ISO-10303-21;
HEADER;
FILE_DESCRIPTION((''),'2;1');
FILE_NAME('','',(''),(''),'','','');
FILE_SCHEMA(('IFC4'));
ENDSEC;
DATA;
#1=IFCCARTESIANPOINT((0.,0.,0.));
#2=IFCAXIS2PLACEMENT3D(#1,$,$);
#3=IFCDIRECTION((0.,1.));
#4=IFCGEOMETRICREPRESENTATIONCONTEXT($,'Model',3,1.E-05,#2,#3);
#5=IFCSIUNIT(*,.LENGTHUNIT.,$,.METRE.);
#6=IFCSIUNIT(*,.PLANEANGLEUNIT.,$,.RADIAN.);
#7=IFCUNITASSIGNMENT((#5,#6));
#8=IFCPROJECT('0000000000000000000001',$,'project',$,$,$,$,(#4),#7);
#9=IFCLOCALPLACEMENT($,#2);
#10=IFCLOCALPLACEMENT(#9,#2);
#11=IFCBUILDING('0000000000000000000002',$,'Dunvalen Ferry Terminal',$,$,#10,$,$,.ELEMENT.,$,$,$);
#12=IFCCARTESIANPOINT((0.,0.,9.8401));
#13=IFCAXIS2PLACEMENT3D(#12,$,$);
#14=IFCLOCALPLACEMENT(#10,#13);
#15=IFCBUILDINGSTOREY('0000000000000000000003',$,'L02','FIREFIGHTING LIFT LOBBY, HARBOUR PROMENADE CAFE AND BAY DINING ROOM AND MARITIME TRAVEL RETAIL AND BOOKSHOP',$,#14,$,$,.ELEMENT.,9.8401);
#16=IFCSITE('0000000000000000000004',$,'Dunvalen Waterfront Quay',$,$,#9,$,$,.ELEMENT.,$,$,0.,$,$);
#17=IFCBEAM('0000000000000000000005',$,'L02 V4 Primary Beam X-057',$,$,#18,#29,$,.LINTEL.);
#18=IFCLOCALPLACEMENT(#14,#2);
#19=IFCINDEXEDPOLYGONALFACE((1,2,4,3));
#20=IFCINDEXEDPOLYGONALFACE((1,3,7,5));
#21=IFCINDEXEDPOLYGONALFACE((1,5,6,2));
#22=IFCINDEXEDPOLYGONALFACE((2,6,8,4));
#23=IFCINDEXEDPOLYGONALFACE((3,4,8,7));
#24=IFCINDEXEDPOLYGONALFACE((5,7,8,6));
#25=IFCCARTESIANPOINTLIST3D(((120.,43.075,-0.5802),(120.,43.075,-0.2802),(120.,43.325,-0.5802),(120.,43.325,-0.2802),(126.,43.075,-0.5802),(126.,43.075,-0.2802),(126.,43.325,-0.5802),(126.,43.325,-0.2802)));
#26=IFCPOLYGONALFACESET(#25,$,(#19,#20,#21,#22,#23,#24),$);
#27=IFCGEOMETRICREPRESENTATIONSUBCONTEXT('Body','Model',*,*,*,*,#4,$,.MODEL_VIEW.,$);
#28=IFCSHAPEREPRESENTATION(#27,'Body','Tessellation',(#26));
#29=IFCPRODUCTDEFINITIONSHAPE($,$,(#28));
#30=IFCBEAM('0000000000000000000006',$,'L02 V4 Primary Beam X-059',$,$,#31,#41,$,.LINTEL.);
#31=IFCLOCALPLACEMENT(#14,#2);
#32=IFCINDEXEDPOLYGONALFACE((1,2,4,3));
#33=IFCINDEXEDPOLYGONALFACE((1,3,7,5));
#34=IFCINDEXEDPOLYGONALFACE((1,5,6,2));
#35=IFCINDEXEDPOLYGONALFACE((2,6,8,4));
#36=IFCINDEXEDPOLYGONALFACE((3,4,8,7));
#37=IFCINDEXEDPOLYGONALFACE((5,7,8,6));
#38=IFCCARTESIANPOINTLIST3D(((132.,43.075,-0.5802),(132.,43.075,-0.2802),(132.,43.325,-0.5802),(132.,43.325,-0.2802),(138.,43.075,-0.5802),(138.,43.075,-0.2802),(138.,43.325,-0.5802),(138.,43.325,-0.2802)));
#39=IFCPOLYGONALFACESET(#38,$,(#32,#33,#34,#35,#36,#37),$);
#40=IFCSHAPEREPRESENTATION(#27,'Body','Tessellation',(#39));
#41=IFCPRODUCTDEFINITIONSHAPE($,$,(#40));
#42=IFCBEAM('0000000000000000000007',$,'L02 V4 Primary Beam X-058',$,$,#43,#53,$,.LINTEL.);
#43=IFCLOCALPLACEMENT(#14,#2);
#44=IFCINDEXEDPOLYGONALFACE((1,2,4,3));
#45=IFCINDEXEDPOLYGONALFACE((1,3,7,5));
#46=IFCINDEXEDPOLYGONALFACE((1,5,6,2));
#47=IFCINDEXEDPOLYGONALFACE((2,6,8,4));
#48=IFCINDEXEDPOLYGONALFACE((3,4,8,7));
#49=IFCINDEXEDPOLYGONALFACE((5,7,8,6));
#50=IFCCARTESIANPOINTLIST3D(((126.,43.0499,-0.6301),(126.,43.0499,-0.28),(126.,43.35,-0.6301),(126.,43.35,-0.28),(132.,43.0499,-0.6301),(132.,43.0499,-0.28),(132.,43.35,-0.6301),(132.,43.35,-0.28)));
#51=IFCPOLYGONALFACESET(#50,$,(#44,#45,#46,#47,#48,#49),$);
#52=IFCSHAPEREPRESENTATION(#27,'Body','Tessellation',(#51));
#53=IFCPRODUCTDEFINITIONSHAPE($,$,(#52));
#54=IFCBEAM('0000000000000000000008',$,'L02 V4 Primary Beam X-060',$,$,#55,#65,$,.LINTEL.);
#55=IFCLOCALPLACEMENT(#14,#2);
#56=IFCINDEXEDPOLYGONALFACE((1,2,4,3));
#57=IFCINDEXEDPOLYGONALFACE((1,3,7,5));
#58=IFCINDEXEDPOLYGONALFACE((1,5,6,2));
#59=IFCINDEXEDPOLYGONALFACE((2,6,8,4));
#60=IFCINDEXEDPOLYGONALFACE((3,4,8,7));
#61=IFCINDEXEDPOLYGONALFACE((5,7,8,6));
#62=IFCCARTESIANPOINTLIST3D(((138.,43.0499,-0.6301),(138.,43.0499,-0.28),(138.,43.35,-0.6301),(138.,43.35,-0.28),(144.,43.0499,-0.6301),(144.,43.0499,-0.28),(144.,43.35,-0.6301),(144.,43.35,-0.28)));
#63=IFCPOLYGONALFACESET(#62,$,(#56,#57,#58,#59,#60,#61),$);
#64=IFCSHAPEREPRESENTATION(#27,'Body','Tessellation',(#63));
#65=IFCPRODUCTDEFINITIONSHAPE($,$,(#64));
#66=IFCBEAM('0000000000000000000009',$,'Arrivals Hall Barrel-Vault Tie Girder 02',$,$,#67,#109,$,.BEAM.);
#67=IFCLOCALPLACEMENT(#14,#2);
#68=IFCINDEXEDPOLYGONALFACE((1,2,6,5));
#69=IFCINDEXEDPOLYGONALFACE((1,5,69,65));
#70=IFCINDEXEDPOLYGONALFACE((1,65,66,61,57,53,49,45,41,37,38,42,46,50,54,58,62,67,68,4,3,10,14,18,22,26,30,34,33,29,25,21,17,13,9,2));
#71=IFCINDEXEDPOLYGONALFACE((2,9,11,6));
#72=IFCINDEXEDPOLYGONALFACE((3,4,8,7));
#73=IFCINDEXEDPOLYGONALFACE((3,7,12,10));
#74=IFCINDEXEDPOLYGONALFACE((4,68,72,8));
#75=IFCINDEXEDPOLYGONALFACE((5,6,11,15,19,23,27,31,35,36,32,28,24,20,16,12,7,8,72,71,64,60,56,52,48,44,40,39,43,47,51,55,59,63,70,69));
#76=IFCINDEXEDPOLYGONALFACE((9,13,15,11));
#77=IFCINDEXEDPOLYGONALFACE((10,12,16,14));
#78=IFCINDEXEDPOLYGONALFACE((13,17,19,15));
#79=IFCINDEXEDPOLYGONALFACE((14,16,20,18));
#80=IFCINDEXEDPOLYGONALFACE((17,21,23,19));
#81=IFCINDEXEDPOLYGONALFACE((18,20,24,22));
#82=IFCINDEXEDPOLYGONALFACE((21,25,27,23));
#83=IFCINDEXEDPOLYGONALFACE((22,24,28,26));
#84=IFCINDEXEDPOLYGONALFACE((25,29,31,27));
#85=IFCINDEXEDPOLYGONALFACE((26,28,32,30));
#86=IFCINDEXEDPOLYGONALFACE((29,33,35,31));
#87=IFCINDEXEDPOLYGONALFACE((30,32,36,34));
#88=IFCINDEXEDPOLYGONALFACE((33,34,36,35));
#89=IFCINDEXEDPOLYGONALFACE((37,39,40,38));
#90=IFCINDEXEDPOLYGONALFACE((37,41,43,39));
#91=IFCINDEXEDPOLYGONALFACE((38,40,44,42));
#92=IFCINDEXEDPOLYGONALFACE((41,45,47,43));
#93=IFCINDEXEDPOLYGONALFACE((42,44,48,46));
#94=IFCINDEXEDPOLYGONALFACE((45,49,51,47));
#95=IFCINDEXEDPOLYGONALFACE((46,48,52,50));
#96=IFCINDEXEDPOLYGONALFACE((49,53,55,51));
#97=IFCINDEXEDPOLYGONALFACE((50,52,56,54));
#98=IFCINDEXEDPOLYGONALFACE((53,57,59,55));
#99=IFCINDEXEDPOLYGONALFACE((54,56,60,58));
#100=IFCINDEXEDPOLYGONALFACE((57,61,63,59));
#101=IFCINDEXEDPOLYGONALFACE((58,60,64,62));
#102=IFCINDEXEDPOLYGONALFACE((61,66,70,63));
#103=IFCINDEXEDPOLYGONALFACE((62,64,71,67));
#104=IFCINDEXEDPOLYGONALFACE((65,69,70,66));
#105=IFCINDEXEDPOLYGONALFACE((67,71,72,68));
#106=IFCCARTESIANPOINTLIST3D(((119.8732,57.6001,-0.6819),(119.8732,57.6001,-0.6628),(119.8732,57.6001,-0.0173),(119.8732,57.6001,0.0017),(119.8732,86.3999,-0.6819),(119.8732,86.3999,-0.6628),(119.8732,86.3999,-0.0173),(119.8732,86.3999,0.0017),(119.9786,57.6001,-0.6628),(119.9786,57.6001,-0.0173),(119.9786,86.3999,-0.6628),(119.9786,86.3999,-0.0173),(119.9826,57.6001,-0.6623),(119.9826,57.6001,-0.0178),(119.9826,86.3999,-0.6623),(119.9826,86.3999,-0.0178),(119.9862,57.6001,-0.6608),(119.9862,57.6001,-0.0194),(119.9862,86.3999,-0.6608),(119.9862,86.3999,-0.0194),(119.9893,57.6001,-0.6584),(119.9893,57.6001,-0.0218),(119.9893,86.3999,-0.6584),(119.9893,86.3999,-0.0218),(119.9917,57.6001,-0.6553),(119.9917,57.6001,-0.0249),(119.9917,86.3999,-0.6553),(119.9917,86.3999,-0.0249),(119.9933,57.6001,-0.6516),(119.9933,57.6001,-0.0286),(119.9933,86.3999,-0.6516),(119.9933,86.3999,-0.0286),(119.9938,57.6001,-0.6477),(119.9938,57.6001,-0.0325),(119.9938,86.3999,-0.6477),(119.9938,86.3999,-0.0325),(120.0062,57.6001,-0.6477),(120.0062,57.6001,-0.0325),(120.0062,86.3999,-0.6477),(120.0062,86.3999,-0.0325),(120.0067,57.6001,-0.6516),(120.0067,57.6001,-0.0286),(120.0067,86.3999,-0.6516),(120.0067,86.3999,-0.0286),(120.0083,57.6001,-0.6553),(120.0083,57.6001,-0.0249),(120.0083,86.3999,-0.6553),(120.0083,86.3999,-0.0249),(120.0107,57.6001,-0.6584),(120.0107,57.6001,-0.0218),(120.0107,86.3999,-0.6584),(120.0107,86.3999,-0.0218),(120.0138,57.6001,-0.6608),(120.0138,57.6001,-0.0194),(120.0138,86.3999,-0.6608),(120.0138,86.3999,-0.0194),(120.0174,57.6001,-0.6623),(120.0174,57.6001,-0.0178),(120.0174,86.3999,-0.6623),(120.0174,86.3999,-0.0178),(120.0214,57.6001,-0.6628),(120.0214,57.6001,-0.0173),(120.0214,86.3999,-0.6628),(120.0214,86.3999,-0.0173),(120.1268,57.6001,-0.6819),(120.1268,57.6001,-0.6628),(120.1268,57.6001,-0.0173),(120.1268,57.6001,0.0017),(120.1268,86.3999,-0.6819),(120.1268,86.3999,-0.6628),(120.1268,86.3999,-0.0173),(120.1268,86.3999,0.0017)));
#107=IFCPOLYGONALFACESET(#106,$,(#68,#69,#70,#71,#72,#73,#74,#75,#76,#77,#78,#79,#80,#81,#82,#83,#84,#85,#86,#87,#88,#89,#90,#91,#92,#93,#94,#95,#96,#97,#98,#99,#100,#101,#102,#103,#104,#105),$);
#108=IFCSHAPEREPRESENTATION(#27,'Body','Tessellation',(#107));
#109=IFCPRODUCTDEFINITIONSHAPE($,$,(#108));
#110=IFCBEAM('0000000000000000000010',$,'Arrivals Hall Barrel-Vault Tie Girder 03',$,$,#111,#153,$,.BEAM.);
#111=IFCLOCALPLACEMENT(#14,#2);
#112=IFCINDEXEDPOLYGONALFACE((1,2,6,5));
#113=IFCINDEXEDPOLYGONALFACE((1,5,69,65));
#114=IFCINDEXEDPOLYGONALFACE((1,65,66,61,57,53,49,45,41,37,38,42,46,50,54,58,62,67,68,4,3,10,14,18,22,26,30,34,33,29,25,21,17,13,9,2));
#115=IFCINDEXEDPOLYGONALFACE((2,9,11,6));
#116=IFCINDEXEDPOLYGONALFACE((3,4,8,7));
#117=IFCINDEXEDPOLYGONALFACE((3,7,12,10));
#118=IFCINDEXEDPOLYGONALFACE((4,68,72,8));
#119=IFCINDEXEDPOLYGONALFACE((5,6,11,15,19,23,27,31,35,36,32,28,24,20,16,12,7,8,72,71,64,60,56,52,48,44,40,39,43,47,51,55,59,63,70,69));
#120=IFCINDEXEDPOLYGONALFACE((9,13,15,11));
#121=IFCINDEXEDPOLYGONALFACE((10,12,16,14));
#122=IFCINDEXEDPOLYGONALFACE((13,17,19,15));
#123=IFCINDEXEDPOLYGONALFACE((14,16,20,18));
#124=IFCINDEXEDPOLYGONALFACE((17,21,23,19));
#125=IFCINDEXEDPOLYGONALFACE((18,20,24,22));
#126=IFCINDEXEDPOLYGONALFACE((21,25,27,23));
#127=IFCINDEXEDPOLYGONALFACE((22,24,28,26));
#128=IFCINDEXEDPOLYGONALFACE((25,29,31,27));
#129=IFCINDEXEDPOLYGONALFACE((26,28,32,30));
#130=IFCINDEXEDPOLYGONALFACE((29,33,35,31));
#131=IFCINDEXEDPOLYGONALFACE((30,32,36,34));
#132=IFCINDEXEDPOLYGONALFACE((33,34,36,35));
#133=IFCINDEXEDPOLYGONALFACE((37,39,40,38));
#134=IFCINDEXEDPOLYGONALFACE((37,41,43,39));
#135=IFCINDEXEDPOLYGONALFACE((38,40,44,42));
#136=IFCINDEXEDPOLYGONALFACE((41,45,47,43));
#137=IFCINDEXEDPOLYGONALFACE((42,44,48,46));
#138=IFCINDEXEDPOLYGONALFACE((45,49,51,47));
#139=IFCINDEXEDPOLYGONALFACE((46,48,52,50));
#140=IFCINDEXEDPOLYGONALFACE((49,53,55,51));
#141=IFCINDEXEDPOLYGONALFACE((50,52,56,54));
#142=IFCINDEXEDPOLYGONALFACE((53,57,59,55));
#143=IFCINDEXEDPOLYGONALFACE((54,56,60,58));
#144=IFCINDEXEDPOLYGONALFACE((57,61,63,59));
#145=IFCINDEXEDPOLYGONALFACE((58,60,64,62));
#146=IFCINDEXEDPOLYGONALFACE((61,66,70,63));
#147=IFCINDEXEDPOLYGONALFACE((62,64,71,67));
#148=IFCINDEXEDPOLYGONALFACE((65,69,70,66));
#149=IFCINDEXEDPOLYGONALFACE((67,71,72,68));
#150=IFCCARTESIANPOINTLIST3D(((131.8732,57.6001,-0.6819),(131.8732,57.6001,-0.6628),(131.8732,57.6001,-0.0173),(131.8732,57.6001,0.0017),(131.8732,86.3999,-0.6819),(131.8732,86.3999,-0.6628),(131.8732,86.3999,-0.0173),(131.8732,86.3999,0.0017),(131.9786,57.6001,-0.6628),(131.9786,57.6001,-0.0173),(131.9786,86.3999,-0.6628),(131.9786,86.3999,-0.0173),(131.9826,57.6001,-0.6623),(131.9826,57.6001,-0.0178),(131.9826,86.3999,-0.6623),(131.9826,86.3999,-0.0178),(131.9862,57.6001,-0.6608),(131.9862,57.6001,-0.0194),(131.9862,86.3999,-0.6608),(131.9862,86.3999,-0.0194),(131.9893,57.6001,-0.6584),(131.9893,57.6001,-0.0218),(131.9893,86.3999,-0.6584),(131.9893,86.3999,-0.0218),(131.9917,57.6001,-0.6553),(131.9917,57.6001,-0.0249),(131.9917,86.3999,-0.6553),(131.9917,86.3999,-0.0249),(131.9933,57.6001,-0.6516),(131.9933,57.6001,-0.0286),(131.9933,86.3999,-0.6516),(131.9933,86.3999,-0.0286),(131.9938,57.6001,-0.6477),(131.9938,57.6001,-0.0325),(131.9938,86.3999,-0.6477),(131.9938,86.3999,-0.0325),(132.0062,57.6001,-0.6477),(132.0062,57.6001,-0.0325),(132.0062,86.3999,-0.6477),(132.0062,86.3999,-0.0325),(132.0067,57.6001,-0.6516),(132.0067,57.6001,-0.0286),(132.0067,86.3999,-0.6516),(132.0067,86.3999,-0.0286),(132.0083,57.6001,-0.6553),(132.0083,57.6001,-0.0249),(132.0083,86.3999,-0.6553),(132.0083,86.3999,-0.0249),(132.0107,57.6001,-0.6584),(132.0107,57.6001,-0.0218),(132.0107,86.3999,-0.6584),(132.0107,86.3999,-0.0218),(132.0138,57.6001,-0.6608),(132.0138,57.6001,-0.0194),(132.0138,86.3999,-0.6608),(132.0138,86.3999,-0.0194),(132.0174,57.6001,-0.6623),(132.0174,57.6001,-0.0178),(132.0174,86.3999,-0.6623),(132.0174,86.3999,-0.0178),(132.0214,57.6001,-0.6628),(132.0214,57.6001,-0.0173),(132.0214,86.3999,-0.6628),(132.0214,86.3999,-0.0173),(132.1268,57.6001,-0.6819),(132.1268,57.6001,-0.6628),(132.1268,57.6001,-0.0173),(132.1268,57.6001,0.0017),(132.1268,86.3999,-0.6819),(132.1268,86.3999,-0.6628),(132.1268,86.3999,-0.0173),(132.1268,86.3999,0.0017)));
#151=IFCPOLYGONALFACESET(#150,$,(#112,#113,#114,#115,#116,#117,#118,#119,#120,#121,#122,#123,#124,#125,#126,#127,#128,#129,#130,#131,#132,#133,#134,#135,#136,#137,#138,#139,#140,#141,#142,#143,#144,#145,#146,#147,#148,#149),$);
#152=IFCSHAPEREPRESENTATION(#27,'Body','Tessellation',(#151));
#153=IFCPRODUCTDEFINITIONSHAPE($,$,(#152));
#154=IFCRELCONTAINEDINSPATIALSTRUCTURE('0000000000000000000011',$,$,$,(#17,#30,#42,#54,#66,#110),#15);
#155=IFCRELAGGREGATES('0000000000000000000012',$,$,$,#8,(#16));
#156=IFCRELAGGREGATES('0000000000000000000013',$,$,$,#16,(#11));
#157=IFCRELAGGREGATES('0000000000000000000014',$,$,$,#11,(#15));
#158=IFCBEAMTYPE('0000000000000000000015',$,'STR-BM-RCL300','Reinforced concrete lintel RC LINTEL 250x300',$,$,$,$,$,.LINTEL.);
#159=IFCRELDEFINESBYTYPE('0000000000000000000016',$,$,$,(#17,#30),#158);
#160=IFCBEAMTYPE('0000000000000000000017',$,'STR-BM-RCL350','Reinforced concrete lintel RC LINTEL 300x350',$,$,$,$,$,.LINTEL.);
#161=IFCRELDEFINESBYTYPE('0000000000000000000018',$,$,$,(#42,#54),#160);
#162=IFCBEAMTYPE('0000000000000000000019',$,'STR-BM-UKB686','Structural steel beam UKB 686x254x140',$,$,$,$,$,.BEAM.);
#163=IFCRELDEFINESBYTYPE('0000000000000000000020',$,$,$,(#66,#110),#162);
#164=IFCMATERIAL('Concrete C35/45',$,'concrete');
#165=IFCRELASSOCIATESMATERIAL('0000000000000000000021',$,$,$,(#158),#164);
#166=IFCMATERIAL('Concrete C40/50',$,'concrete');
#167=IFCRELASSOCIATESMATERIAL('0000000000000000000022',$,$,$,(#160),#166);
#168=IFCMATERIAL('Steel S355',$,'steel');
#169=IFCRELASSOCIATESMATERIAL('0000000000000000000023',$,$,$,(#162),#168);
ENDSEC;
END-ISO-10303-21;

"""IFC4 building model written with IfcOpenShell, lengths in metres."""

from ifc_helpers import new_model, si_unit, direction, frame, origin, origin_2d, place, context, subcontext, project, spatial, rectangle, i_section, extrude, material, material_profile, profile_set, type_object, element, save


model = new_model("IFC4")

# Units and contexts
model_context = context("Model", 3, precision=1e-05, world=origin(), true_north=direction((0.0, 1.0)))
body_context = subcontext(model_context, "Body", "Model", "MODEL_VIEW")
ifc_project = project(units=[si_unit("LENGTHUNIT", "METRE"), si_unit("PLANEANGLEUNIT", "RADIAN")], contexts=[model_context])

# Site, building, storey
site_placement = place(None, origin())
site = spatial("IfcSite", under=ifc_project, at=site_placement, Name="Dunvalen Waterfront Quay", CompositionType="ELEMENT", RefElevation=0.0)
building_placement = place(site_placement, origin())
building = spatial("IfcBuilding", under=site, at=building_placement, Name="Dunvalen Ferry Terminal", CompositionType="ELEMENT")
storey_placement = place(building_placement, frame((0.0, 0.0, 9.8401)))
storey = spatial("IfcBuildingStorey", under=building, at=storey_placement, Name="L02", Description="FIREFIGHTING LIFT LOBBY, HARBOUR PROMENADE CAFE AND BAY DINING ROOM AND MARITIME TRAVEL RETAIL AND BOOKSHOP", CompositionType="ELEMENT", Elevation=9.8401)

# Beams
ifc_material_1 = material(Name="Steel S355", Category="steel")
ifc_material_2 = material(Name="Concrete C35/45", Category="concrete")
ifc_material_profile_1 = material_profile(ifc_material_2, rectangle(XDim=0.25, YDim=0.3, at=origin_2d()), Name="Concrete C35/45")
ifc_profile_set_1 = profile_set([ifc_material_profile_1], Name="Concrete C35/45")
beam_type_1 = type_object("IfcBeamType", Name="STR-BM-RCL300", Description="Reinforced concrete lintel RC LINTEL 250x300", PredefinedType="LINTEL", material=ifc_profile_set_1)
for number, where, z_axis, x_axis, name in (
    (1, (120.0, 43.2, -0.4302), (1.0, 0.0, 0.0), (0.0, 1.0, 0.0), "L02 V4 Primary Beam X-057"),
    (2, (132.0, 43.2, -0.4302), (1.0, 0.0, 0.0), (0.0, 1.0, 0.0), "L02 V4 Primary Beam X-059"),
):
    element("IfcBeam", number, at=place(storey_placement, frame(where, z_axis=z_axis, x_axis=x_axis)), inside=storey, type_object=beam_type_1, Name=name, PredefinedType="LINTEL", context=body_context, shape_type="SweptSolid", body=[
        extrude(rectangle(XDim=0.25, YDim=0.3, at=origin_2d()), origin(), (0.0, 0.0, 1.0), 6.0),
    ])
ifc_material_3 = material(Name="Concrete C40/50", Category="concrete")
ifc_material_profile_2 = material_profile(ifc_material_3, rectangle(XDim=0.3, YDim=0.3501, at=origin_2d()), Name="Concrete C40/50")
ifc_profile_set_2 = profile_set([ifc_material_profile_2], Name="Concrete C40/50")
beam_type_2 = type_object("IfcBeamType", Name="STR-BM-RCL350", Description="Reinforced concrete lintel RC LINTEL 300x350", PredefinedType="LINTEL", material=ifc_profile_set_2)
for number, where, z_axis, x_axis, name in (
    (3, (126.0, 43.2, -0.4551), (1.0, 0.0, 0.0), (0.0, 1.0, 0.0), "L02 V4 Primary Beam X-058"),
    (4, (138.0, 43.2, -0.4551), (1.0, 0.0, 0.0), (0.0, 1.0, 0.0), "L02 V4 Primary Beam X-060"),
):
    element("IfcBeam", number, at=place(storey_placement, frame(where, z_axis=z_axis, x_axis=x_axis)), inside=storey, type_object=beam_type_2, Name=name, PredefinedType="LINTEL", context=body_context, shape_type="SweptSolid", body=[
        extrude(rectangle(XDim=0.3, YDim=0.3501, at=origin_2d()), origin(), (0.0, 0.0, 1.0), 6.0),
    ])
ifc_material_profile_3 = material_profile(ifc_material_1, i_section(OverallWidth=0.2537, OverallDepth=0.6836, WebThickness=0.0125, FlangeThickness=0.019, FilletRadius=0.0151, at=origin_2d()), Name="Steel S355")
ifc_profile_set_3 = profile_set([ifc_material_profile_3], Name="Steel S355")
beam_type_3 = type_object("IfcBeamType", Name="STR-BM-UKB686", Description="Structural steel beam UKB 686x254x140", PredefinedType="BEAM", material=ifc_profile_set_3)
for number, where, z_axis, x_axis, name in (
    (5, (120.0, 57.6001, -0.3401), (0.0, 1.0, 0.0), (-1.0, 0.0, 0.0), "Arrivals Hall Barrel-Vault Tie Girder 02"),
    (6, (132.0, 57.6001, -0.3401), (0.0, 1.0, 0.0), (-1.0, 0.0, 0.0), "Arrivals Hall Barrel-Vault Tie Girder 03"),
):
    element("IfcBeam", number, at=place(storey_placement, frame(where, z_axis=z_axis, x_axis=x_axis)), inside=storey, type_object=beam_type_3, Name=name, PredefinedType="BEAM", context=body_context, shape_type="SweptSolid", body=[
        extrude(i_section(OverallWidth=0.2537, OverallDepth=0.6836, WebThickness=0.0125, FlangeThickness=0.019, FilletRadius=0.0151, at=origin_2d()), origin(), (0.0, 0.0, 1.0), 28.7998),
    ])

save(model, "model.ifc")
